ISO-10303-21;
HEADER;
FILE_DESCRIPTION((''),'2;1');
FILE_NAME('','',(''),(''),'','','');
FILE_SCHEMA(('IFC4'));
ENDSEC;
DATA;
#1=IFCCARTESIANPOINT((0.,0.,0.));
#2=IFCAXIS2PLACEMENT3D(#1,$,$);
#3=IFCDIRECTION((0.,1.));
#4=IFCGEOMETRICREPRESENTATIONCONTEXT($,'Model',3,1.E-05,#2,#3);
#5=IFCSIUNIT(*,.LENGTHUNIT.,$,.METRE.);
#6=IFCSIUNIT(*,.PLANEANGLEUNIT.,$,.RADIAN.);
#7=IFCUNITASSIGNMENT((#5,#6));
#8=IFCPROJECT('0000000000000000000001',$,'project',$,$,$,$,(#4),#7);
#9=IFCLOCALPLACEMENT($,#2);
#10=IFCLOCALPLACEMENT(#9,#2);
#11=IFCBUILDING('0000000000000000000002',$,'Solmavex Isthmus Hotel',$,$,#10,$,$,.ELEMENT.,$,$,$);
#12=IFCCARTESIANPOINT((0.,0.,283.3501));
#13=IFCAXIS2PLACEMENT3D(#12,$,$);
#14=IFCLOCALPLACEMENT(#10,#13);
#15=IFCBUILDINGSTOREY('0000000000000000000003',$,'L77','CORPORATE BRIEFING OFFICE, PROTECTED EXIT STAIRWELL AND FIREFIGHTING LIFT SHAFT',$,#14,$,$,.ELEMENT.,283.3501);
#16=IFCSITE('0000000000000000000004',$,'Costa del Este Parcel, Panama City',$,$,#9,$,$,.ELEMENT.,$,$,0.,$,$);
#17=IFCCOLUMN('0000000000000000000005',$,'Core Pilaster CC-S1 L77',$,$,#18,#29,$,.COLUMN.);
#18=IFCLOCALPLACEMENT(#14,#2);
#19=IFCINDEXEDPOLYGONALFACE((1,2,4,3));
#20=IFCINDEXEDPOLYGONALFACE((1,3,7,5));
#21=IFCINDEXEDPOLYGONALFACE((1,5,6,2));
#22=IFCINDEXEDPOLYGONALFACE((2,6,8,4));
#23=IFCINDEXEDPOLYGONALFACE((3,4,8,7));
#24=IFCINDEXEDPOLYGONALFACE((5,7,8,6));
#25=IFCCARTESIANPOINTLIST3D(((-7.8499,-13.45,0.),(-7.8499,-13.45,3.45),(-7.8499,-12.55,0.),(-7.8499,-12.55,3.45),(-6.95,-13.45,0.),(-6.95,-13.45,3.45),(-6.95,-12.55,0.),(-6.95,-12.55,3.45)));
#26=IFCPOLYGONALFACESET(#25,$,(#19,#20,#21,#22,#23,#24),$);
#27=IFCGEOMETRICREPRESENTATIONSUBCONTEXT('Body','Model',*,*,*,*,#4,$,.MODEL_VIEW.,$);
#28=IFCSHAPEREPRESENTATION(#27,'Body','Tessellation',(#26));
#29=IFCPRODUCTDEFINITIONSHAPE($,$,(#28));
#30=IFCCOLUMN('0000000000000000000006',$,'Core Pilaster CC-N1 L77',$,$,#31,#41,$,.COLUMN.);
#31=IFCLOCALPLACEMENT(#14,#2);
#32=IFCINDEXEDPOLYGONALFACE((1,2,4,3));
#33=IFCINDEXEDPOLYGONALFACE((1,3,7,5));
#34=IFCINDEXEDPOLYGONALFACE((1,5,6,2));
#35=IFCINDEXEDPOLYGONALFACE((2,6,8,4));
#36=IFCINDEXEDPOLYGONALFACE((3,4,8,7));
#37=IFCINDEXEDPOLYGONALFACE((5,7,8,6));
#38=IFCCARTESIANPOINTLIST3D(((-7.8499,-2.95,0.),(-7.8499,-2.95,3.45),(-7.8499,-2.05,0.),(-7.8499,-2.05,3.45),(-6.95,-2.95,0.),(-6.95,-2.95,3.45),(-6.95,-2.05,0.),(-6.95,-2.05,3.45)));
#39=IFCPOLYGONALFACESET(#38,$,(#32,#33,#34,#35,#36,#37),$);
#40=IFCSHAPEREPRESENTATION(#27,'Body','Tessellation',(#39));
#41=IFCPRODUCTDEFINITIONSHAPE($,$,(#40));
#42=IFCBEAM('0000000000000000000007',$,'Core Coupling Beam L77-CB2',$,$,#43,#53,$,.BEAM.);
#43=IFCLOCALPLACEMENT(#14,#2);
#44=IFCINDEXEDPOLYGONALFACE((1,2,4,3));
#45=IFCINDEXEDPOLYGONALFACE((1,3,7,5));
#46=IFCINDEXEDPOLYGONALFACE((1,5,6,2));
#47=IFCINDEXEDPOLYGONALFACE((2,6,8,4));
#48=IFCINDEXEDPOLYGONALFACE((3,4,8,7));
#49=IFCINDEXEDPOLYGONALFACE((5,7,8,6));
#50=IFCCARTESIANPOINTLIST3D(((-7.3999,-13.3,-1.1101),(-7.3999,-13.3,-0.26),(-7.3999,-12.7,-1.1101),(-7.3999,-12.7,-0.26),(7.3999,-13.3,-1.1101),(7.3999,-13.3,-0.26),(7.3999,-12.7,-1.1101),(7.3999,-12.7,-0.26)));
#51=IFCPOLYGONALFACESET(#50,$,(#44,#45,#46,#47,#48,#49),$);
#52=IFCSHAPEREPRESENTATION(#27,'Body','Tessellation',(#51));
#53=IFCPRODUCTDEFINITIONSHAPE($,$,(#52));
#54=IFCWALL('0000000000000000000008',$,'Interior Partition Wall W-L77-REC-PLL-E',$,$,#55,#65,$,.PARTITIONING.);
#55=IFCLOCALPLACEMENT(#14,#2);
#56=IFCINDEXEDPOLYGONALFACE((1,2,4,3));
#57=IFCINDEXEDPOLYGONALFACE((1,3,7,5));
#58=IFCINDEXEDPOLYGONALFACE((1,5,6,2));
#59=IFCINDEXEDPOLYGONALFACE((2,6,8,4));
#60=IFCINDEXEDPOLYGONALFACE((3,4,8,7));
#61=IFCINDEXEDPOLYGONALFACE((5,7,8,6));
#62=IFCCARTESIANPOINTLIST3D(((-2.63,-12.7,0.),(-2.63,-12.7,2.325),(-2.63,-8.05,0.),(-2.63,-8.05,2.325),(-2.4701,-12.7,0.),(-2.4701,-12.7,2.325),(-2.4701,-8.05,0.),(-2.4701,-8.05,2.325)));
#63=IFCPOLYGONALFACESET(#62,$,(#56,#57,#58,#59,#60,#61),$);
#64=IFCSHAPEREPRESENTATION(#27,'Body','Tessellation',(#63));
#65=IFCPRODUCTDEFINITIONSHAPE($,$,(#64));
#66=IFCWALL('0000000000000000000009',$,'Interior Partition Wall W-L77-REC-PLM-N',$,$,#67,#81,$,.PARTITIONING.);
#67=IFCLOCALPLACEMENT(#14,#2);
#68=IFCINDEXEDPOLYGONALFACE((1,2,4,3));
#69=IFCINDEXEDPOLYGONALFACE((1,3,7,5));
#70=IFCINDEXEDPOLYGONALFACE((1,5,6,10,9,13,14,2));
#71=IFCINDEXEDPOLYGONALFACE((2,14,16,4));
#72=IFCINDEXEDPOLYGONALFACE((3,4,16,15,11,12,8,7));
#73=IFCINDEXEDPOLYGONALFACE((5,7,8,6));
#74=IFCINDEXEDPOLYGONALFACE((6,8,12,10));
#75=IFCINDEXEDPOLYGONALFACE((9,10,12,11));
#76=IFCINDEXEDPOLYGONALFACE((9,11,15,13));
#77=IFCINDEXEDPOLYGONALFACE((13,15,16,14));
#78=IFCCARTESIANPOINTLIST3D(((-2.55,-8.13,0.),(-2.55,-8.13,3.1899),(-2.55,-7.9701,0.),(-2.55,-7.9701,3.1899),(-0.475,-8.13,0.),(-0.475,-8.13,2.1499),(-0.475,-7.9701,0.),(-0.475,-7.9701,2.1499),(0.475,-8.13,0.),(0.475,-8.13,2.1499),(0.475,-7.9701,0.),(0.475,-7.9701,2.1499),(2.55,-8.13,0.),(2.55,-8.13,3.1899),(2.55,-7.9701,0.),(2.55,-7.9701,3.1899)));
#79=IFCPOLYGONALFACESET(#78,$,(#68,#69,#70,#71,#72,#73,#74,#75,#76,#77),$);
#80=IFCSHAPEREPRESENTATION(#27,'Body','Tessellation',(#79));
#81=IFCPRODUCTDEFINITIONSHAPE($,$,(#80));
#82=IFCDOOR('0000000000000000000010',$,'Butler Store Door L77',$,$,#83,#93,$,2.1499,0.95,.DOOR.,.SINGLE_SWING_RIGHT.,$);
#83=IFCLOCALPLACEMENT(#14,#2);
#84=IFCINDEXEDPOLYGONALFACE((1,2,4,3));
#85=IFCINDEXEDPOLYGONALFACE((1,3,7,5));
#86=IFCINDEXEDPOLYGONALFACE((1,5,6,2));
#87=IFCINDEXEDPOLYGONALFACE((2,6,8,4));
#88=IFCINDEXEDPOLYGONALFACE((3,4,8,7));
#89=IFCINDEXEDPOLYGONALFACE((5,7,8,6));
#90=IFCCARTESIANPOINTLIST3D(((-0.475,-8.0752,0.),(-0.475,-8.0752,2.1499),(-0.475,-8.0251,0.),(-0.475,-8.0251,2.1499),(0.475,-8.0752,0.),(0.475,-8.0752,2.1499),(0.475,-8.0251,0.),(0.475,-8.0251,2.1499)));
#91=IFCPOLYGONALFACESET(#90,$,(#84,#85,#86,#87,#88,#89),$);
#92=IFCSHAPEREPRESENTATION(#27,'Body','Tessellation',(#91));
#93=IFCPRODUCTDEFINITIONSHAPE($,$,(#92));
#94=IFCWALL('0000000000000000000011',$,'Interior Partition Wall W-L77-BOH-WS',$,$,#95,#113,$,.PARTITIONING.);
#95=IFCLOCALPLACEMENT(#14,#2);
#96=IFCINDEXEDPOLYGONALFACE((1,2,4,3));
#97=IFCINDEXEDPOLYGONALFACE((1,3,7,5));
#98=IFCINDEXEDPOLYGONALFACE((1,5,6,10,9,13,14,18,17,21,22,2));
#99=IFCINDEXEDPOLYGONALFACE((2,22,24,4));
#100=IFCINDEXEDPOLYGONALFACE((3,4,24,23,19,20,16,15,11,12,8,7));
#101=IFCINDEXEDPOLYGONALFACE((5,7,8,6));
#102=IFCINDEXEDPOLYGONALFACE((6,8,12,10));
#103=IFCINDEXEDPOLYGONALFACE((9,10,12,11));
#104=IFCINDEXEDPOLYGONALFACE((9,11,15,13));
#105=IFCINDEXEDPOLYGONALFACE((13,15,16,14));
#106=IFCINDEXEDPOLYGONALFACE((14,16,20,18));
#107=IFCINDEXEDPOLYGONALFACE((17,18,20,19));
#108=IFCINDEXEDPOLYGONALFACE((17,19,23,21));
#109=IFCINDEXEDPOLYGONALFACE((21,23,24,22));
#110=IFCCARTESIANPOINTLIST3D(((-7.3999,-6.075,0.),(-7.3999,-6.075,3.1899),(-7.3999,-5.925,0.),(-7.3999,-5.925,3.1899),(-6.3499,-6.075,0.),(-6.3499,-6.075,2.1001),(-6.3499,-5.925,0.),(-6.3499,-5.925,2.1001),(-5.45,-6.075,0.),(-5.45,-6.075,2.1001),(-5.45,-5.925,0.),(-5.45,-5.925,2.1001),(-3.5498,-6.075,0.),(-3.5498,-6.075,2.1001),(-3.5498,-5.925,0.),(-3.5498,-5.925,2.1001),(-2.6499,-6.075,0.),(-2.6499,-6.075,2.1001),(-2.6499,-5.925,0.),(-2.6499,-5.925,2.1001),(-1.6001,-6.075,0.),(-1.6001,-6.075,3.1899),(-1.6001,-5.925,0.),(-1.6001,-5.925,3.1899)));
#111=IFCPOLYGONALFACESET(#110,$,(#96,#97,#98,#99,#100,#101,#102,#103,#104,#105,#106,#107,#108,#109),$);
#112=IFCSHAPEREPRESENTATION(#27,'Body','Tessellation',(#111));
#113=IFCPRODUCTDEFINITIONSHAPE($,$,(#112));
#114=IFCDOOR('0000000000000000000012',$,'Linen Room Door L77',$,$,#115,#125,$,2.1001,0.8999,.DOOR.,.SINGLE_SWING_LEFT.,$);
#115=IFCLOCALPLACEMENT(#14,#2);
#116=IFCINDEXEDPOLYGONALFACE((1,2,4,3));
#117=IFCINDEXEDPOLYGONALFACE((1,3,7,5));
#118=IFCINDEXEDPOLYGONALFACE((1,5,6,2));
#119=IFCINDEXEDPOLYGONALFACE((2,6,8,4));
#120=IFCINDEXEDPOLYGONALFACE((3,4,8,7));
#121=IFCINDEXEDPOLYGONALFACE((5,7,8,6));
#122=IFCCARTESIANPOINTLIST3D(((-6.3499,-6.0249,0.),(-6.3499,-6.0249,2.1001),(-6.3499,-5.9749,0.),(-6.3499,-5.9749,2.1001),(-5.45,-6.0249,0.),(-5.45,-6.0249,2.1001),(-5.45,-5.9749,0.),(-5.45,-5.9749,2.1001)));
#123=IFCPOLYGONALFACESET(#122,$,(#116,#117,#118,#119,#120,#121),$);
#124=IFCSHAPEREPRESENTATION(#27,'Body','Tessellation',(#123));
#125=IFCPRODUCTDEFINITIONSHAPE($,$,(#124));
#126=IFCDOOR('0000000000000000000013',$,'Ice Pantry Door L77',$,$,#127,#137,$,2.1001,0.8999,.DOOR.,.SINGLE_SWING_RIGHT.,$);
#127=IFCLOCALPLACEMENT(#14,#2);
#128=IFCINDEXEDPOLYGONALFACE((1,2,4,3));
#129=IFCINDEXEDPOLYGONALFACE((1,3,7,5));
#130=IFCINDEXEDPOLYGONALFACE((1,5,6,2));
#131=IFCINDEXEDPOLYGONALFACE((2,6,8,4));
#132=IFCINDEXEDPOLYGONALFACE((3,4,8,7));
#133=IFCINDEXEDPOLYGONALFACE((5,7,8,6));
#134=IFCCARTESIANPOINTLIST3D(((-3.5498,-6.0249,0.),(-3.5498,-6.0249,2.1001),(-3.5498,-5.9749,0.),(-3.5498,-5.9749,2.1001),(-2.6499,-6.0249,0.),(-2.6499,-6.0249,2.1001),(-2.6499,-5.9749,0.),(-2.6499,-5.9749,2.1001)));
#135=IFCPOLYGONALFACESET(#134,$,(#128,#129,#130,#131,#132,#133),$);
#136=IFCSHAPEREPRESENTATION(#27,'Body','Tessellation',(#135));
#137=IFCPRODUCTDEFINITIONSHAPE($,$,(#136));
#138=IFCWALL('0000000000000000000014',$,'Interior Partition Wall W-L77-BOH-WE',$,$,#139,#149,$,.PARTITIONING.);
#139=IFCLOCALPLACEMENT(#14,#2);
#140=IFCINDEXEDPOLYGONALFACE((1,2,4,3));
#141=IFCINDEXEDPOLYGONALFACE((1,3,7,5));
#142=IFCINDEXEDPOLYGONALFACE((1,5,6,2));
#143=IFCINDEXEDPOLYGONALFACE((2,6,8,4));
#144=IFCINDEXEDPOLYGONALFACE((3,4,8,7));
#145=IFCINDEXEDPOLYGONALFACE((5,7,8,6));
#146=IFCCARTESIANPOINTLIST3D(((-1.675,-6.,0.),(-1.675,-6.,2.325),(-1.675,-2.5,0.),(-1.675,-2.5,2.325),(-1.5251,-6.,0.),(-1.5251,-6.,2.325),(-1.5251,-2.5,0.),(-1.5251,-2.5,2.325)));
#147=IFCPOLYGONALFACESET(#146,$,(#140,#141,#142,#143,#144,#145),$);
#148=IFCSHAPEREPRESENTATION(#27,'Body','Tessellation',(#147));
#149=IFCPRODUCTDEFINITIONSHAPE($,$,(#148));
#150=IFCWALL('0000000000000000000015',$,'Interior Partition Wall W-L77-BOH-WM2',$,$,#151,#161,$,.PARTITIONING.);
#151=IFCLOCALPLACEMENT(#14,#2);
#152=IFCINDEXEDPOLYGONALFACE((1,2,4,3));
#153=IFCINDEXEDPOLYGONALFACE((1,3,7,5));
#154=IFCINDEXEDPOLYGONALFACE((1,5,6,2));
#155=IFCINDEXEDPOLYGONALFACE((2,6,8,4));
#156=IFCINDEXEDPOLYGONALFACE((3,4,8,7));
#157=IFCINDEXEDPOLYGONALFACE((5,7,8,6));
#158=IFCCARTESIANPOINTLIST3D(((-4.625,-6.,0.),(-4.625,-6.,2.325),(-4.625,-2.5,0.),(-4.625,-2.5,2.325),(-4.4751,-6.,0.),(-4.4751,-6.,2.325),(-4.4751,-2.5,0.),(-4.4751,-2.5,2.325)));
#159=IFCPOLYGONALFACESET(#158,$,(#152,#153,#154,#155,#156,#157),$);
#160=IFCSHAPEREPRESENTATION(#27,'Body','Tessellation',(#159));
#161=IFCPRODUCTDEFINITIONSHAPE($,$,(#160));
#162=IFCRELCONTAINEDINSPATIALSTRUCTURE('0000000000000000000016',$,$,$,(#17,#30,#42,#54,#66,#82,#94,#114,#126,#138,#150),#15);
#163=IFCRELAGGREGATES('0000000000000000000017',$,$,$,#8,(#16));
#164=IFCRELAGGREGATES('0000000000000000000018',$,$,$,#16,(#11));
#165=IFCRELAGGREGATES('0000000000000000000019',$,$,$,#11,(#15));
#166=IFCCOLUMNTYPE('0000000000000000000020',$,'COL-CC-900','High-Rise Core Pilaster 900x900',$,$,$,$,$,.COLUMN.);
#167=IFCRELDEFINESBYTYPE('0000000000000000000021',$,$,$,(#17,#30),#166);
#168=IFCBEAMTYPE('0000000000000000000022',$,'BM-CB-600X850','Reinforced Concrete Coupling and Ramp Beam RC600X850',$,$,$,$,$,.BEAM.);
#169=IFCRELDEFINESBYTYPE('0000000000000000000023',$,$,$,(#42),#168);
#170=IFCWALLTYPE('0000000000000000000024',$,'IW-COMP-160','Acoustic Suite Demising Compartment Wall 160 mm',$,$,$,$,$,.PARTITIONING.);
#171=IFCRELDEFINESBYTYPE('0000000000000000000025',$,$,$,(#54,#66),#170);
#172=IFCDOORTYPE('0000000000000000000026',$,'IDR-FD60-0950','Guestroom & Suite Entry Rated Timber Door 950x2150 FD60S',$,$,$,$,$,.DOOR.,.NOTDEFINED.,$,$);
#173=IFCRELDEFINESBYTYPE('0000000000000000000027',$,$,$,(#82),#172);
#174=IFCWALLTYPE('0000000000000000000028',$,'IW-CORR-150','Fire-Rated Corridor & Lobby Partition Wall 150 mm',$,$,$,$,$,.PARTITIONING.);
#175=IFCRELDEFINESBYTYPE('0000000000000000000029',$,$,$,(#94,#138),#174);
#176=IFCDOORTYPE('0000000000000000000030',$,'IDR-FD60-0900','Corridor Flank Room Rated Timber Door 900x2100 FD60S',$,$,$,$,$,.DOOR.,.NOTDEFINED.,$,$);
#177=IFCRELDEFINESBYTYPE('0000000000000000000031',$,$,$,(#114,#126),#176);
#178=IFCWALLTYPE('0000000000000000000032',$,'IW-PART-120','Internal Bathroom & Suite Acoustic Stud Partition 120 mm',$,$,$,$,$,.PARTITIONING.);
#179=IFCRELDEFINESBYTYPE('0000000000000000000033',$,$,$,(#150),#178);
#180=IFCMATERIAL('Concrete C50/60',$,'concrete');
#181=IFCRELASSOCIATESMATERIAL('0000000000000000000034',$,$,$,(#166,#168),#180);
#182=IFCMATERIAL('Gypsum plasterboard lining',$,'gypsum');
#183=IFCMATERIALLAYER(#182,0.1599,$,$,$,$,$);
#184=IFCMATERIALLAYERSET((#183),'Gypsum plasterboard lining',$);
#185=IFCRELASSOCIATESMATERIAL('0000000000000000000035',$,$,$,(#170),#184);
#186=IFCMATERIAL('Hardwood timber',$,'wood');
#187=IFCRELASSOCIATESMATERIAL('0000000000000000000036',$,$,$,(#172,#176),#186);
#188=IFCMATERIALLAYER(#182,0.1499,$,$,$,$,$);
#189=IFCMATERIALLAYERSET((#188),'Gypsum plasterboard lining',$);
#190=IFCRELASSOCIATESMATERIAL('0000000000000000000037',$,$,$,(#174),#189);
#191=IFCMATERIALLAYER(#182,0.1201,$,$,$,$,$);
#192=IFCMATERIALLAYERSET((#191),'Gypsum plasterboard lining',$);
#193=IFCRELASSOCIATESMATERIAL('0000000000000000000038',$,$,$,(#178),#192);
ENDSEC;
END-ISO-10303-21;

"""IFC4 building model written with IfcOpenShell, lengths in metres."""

from ifc_helpers import new_model, si_unit, direction, frame, frame_2d, origin, origin_2d, place, context, subcontext, project, spatial, rectangle, extrude, material, layer, layer_set, material_profile, profile_set, type_object, element, fill, save


model = new_model("IFC4")

# Units and contexts
model_context = context("Model", 3, precision=1e-05, world=origin(), true_north=direction((0.0, 1.0)))
body_context = subcontext(model_context, "Body", "Model", "MODEL_VIEW")
ifc_project = project(units=[si_unit("LENGTHUNIT", "METRE"), si_unit("PLANEANGLEUNIT", "RADIAN")], contexts=[model_context])

# Site, building, storey
site_placement = place(None, origin())
site = spatial("IfcSite", under=ifc_project, at=site_placement, Name="Costa del Este Parcel, Panama City", CompositionType="ELEMENT", RefElevation=0.0)
building_placement = place(site_placement, origin())
building = spatial("IfcBuilding", under=site, at=building_placement, Name="Solmavex Isthmus Hotel", CompositionType="ELEMENT")
storey_placement = place(building_placement, frame((0.0, 0.0, 283.3501)))
storey = spatial("IfcBuildingStorey", under=building, at=storey_placement, Name="L77", Description="CORPORATE BRIEFING OFFICE, PROTECTED EXIT STAIRWELL AND FIREFIGHTING LIFT SHAFT", CompositionType="ELEMENT", Elevation=283.3501)

# Columns
ifc_material_1 = material(Name="Concrete C50/60", Category="concrete")
ifc_material_profile_1 = material_profile(ifc_material_1, rectangle(XDim=0.8999, YDim=0.8999, at=origin_2d()), Name="RC900X900")
ifc_profile_set_1 = profile_set([ifc_material_profile_1], Name="Concrete C50/60")
column_type = type_object("IfcColumnType", Name="COL-CC-900", Description="High-Rise Core Pilaster 900x900", PredefinedType="COLUMN", material=ifc_profile_set_1)
for number, where, z_axis, x_axis, name in (
    (1, (-7.3999, -13.0, 0.0), (0.0, 0.0, 1.0), (1.0, 0.0, 0.0), "Core Pilaster CC-S1 L77"),
    (2, (-7.3999, -2.5, 0.0), (0.0, 0.0, 1.0), (1.0, 0.0, 0.0), "Core Pilaster CC-N1 L77"),
):
    element("IfcColumn", number, at=place(storey_placement, frame(where, z_axis=z_axis, x_axis=x_axis)), inside=storey, type_object=column_type, Name=name, PredefinedType="COLUMN", context=body_context, shape_type="SweptSolid", body=[
        extrude(rectangle(XDim=0.8999, YDim=0.8999, at=origin_2d()), origin(), (0.0, 0.0, 1.0), 3.45),
    ])

# Beam
ifc_material_profile_2 = material_profile(ifc_material_1, rectangle(XDim=0.6001, YDim=0.8501, at=origin_2d()), Name="RC600X850")
ifc_profile_set_2 = profile_set([ifc_material_profile_2], Name="Concrete C50/60")
beam_type = type_object("IfcBeamType", Name="BM-CB-600X850", Description="Reinforced Concrete Coupling and Ramp Beam RC600X850", PredefinedType="BEAM", material=ifc_profile_set_2)
beam_placement = place(storey_placement, frame((-7.3999, -13.0, -0.6851), z_axis=(1.0, 0.0, 0.0), x_axis=(0.0, 1.0, 0.0)))
element("IfcBeam", 3, at=beam_placement, inside=storey, type_object=beam_type, Name="Core Coupling Beam L77-CB2", PredefinedType="BEAM", context=body_context, shape_type="SweptSolid", body=[
    extrude(rectangle(XDim=0.6001, YDim=0.8501, at=origin_2d()), origin(), (0.0, 0.0, 1.0), 14.7998),
])

# Shared definitions
ifc_material_2 = material(Name="Gypsum plasterboard lining", Category="gypsum")
ifc_layer_1 = layer(ifc_material_2, 0.1599)
ifc_layer_set_1 = layer_set([ifc_layer_1], Name="Gypsum plasterboard lining")
wall_type_1 = type_object("IfcWallType", Name="IW-COMP-160", Description="Acoustic Suite Demising Compartment Wall 160 mm", PredefinedType="PARTITIONING", material=ifc_layer_set_1)
ifc_material_3 = material(Name="Hardwood timber", Category="wood")
door_type_1 = type_object("IfcDoorType", Name="IDR-FD60-0950", Description="Guestroom & Suite Entry Rated Timber Door 950x2150 FD60S", OperationType="NOTDEFINED", PredefinedType="DOOR", material=ifc_material_3)

# Wall
wall_1_placement = place(storey_placement, frame((-2.55, -12.7, 0.0), z_axis=(0.0, 0.0, 1.0), x_axis=(0.0, 1.0, 0.0)))
element("IfcWall", 4, at=wall_1_placement, inside=storey, type_object=wall_type_1, Name="Interior Partition Wall W-L77-REC-PLL-E", PredefinedType="PARTITIONING", context=body_context, shape_type="SweptSolid", body=[
    extrude(rectangle(XDim=4.6499, YDim=0.1599, at=frame_2d((2.325, 0.0))), origin(), (0.0, 0.0, 1.0), 2.325),
])

# Wall, opening, door
wall_2_placement = place(storey_placement, frame((-2.55, -8.05, 0.0), z_axis=(0.0, 0.0, 1.0), x_axis=(1.0, 0.0, 0.0)))
wall_2 = element("IfcWall", 5, at=wall_2_placement, inside=storey, type_object=wall_type_1, Name="Interior Partition Wall W-L77-REC-PLM-N", PredefinedType="PARTITIONING", context=body_context, shape_type="SweptSolid", body=[
    extrude(rectangle(XDim=5.1001, YDim=0.1599, at=frame_2d((2.55, 0.0))), origin(), (0.0, 0.0, 1.0), 3.1899),
])
opening_1_placement = place(wall_2_placement, frame((2.075, 0.0, 0.0)))
opening_1 = element("IfcOpeningElement", 6, at=opening_1_placement, cuts=wall_2, PredefinedType="OPENING", context=body_context, shape_type="SweptSolid", body=[
    extrude(rectangle(XDim=0.95, YDim=2.1499, at=frame_2d((0.4751, 1.075))), frame((0.0, 0.0898, 0.0), z_axis=(0.0, -1.0, 0.0), x_axis=(1.0, 0.0, 0.0)), (0.0, 0.0, 1.0), 0.1799),
])
door_1_placement = place(opening_1_placement, origin())
door_1 = element("IfcDoor", 7, at=door_1_placement, inside=storey, type_object=door_type_1, Name="Butler Store Door L77", OperationType="SINGLE_SWING_RIGHT", OverallHeight=2.1499, OverallWidth=0.95, PredefinedType="DOOR", context=body_context, shape_type="SweptSolid", body=[
    extrude(rectangle(XDim=0.95, YDim=2.1499, at=frame_2d((0.4751, 1.075))), frame((0.0, 0.0249, 0.0), z_axis=(0.0, -1.0, 0.0), x_axis=(1.0, 0.0, 0.0)), (0.0, 0.0, 1.0), 0.05),
])
fill(opening_1, door_1)

# Wall, openings, doors
ifc_layer_2 = layer(ifc_material_2, 0.1499)
ifc_layer_set_2 = layer_set([ifc_layer_2], Name="Gypsum plasterboard lining")
wall_type_2 = type_object("IfcWallType", Name="IW-CORR-150", Description="Fire-Rated Corridor & Lobby Partition Wall 150 mm", PredefinedType="PARTITIONING", material=ifc_layer_set_2)
wall_3_placement = place(storey_placement, frame((-7.3999, -6.0, 0.0), z_axis=(0.0, 0.0, 1.0), x_axis=(1.0, 0.0, 0.0)))
wall_3 = element("IfcWall", 8, at=wall_3_placement, inside=storey, type_object=wall_type_2, Name="Interior Partition Wall W-L77-BOH-WS", PredefinedType="PARTITIONING", context=body_context, shape_type="SweptSolid", body=[
    extrude(rectangle(XDim=5.7998, YDim=0.1499, at=frame_2d((2.8999, 0.0))), origin(), (0.0, 0.0, 1.0), 3.1899),
])
opening_2_placement = place(wall_3_placement, frame((1.05, 0.0, 0.0)))
opening_2 = element("IfcOpeningElement", 9, at=opening_2_placement, cuts=wall_3, PredefinedType="OPENING", context=body_context, shape_type="SweptSolid", body=[
    extrude(rectangle(XDim=0.8999, YDim=2.1001, at=frame_2d((0.45, 1.05))), frame((0.0, 0.085, 0.0), z_axis=(0.0, -1.0, 0.0), x_axis=(1.0, 0.0, 0.0)), (0.0, 0.0, 1.0), 0.1699),
])
opening_3_placement = place(wall_3_placement, frame((3.8501, 0.0, 0.0)))
opening_3 = element("IfcOpeningElement", 10, at=opening_3_placement, cuts=wall_3, PredefinedType="OPENING", context=body_context, shape_type="SweptSolid", body=[
    extrude(rectangle(XDim=0.8999, YDim=2.1001, at=frame_2d((0.45, 1.05))), frame((0.0, 0.085, 0.0), z_axis=(0.0, -1.0, 0.0), x_axis=(1.0, 0.0, 0.0)), (0.0, 0.0, 1.0), 0.1699),
])
door_type_2 = type_object("IfcDoorType", Name="IDR-FD60-0900", Description="Corridor Flank Room Rated Timber Door 900x2100 FD60S", OperationType="NOTDEFINED", PredefinedType="DOOR", material=ifc_material_3)
door_2_placement = place(opening_2_placement, frame((0.8999, 0.0, 0.0), z_axis=(0.0, 0.0, 1.0), x_axis=(-1.0, 0.0, 0.0)))
door_2 = element("IfcDoor", 11, at=door_2_placement, inside=storey, type_object=door_type_2, Name="Linen Room Door L77", OperationType="SINGLE_SWING_LEFT", OverallHeight=2.1001, OverallWidth=0.8999, PredefinedType="DOOR", context=body_context, shape_type="SweptSolid", body=[
    extrude(rectangle(XDim=0.8999, YDim=2.1001, at=frame_2d((0.45, 1.05))), frame((0.0, 0.0249, 0.0), z_axis=(0.0, -1.0, 0.0), x_axis=(1.0, 0.0, 0.0)), (0.0, 0.0, 1.0), 0.05),
])
fill(opening_2, door_2)
door_3_placement = place(opening_3_placement, frame((0.8999, 0.0, 0.0), z_axis=(0.0, 0.0, 1.0), x_axis=(-1.0, 0.0, 0.0)))
door_3 = element("IfcDoor", 12, at=door_3_placement, inside=storey, type_object=door_type_2, Name="Ice Pantry Door L77", OperationType="SINGLE_SWING_RIGHT", OverallHeight=2.1001, OverallWidth=0.8999, PredefinedType="DOOR", context=body_context, shape_type="SweptSolid", body=[
    extrude(rectangle(XDim=0.8999, YDim=2.1001, at=frame_2d((0.45, 1.05))), frame((0.0, 0.0249, 0.0), z_axis=(0.0, -1.0, 0.0), x_axis=(1.0, 0.0, 0.0)), (0.0, 0.0, 1.0), 0.05),
])
fill(opening_3, door_3)

# Walls
wall_4_placement = place(storey_placement, frame((-1.6001, -6.0, 0.0), z_axis=(0.0, 0.0, 1.0), x_axis=(0.0, 1.0, 0.0)))
element("IfcWall", 13, at=wall_4_placement, inside=storey, type_object=wall_type_2, Name="Interior Partition Wall W-L77-BOH-WE", PredefinedType="PARTITIONING", context=body_context, shape_type="SweptSolid", body=[
    extrude(rectangle(XDim=3.5, YDim=0.1499, at=frame_2d((1.75, 0.0))), origin(), (0.0, 0.0, 1.0), 2.325),
])
ifc_layer_3 = layer(ifc_material_2, 0.1201)
ifc_layer_set_3 = layer_set([ifc_layer_3], Name="Gypsum plasterboard lining")
wall_type_3 = type_object("IfcWallType", Name="IW-PART-120", Description="Internal Bathroom & Suite Acoustic Stud Partition 120 mm", PredefinedType="PARTITIONING", material=ifc_layer_set_3)
wall_5_placement = place(storey_placement, frame((-4.55, -6.0, 0.0), z_axis=(0.0, 0.0, 1.0), x_axis=(0.0, 1.0, 0.0)))
element("IfcWall", 14, at=wall_5_placement, inside=storey, type_object=wall_type_3, Name="Interior Partition Wall W-L77-BOH-WM2", PredefinedType="PARTITIONING", context=body_context, shape_type="SweptSolid", body=[
    extrude(rectangle(XDim=3.5, YDim=0.1499, at=frame_2d((1.75, 0.0))), origin(), (0.0, 0.0, 1.0), 2.325),
])

save(model, "model.ifc")
